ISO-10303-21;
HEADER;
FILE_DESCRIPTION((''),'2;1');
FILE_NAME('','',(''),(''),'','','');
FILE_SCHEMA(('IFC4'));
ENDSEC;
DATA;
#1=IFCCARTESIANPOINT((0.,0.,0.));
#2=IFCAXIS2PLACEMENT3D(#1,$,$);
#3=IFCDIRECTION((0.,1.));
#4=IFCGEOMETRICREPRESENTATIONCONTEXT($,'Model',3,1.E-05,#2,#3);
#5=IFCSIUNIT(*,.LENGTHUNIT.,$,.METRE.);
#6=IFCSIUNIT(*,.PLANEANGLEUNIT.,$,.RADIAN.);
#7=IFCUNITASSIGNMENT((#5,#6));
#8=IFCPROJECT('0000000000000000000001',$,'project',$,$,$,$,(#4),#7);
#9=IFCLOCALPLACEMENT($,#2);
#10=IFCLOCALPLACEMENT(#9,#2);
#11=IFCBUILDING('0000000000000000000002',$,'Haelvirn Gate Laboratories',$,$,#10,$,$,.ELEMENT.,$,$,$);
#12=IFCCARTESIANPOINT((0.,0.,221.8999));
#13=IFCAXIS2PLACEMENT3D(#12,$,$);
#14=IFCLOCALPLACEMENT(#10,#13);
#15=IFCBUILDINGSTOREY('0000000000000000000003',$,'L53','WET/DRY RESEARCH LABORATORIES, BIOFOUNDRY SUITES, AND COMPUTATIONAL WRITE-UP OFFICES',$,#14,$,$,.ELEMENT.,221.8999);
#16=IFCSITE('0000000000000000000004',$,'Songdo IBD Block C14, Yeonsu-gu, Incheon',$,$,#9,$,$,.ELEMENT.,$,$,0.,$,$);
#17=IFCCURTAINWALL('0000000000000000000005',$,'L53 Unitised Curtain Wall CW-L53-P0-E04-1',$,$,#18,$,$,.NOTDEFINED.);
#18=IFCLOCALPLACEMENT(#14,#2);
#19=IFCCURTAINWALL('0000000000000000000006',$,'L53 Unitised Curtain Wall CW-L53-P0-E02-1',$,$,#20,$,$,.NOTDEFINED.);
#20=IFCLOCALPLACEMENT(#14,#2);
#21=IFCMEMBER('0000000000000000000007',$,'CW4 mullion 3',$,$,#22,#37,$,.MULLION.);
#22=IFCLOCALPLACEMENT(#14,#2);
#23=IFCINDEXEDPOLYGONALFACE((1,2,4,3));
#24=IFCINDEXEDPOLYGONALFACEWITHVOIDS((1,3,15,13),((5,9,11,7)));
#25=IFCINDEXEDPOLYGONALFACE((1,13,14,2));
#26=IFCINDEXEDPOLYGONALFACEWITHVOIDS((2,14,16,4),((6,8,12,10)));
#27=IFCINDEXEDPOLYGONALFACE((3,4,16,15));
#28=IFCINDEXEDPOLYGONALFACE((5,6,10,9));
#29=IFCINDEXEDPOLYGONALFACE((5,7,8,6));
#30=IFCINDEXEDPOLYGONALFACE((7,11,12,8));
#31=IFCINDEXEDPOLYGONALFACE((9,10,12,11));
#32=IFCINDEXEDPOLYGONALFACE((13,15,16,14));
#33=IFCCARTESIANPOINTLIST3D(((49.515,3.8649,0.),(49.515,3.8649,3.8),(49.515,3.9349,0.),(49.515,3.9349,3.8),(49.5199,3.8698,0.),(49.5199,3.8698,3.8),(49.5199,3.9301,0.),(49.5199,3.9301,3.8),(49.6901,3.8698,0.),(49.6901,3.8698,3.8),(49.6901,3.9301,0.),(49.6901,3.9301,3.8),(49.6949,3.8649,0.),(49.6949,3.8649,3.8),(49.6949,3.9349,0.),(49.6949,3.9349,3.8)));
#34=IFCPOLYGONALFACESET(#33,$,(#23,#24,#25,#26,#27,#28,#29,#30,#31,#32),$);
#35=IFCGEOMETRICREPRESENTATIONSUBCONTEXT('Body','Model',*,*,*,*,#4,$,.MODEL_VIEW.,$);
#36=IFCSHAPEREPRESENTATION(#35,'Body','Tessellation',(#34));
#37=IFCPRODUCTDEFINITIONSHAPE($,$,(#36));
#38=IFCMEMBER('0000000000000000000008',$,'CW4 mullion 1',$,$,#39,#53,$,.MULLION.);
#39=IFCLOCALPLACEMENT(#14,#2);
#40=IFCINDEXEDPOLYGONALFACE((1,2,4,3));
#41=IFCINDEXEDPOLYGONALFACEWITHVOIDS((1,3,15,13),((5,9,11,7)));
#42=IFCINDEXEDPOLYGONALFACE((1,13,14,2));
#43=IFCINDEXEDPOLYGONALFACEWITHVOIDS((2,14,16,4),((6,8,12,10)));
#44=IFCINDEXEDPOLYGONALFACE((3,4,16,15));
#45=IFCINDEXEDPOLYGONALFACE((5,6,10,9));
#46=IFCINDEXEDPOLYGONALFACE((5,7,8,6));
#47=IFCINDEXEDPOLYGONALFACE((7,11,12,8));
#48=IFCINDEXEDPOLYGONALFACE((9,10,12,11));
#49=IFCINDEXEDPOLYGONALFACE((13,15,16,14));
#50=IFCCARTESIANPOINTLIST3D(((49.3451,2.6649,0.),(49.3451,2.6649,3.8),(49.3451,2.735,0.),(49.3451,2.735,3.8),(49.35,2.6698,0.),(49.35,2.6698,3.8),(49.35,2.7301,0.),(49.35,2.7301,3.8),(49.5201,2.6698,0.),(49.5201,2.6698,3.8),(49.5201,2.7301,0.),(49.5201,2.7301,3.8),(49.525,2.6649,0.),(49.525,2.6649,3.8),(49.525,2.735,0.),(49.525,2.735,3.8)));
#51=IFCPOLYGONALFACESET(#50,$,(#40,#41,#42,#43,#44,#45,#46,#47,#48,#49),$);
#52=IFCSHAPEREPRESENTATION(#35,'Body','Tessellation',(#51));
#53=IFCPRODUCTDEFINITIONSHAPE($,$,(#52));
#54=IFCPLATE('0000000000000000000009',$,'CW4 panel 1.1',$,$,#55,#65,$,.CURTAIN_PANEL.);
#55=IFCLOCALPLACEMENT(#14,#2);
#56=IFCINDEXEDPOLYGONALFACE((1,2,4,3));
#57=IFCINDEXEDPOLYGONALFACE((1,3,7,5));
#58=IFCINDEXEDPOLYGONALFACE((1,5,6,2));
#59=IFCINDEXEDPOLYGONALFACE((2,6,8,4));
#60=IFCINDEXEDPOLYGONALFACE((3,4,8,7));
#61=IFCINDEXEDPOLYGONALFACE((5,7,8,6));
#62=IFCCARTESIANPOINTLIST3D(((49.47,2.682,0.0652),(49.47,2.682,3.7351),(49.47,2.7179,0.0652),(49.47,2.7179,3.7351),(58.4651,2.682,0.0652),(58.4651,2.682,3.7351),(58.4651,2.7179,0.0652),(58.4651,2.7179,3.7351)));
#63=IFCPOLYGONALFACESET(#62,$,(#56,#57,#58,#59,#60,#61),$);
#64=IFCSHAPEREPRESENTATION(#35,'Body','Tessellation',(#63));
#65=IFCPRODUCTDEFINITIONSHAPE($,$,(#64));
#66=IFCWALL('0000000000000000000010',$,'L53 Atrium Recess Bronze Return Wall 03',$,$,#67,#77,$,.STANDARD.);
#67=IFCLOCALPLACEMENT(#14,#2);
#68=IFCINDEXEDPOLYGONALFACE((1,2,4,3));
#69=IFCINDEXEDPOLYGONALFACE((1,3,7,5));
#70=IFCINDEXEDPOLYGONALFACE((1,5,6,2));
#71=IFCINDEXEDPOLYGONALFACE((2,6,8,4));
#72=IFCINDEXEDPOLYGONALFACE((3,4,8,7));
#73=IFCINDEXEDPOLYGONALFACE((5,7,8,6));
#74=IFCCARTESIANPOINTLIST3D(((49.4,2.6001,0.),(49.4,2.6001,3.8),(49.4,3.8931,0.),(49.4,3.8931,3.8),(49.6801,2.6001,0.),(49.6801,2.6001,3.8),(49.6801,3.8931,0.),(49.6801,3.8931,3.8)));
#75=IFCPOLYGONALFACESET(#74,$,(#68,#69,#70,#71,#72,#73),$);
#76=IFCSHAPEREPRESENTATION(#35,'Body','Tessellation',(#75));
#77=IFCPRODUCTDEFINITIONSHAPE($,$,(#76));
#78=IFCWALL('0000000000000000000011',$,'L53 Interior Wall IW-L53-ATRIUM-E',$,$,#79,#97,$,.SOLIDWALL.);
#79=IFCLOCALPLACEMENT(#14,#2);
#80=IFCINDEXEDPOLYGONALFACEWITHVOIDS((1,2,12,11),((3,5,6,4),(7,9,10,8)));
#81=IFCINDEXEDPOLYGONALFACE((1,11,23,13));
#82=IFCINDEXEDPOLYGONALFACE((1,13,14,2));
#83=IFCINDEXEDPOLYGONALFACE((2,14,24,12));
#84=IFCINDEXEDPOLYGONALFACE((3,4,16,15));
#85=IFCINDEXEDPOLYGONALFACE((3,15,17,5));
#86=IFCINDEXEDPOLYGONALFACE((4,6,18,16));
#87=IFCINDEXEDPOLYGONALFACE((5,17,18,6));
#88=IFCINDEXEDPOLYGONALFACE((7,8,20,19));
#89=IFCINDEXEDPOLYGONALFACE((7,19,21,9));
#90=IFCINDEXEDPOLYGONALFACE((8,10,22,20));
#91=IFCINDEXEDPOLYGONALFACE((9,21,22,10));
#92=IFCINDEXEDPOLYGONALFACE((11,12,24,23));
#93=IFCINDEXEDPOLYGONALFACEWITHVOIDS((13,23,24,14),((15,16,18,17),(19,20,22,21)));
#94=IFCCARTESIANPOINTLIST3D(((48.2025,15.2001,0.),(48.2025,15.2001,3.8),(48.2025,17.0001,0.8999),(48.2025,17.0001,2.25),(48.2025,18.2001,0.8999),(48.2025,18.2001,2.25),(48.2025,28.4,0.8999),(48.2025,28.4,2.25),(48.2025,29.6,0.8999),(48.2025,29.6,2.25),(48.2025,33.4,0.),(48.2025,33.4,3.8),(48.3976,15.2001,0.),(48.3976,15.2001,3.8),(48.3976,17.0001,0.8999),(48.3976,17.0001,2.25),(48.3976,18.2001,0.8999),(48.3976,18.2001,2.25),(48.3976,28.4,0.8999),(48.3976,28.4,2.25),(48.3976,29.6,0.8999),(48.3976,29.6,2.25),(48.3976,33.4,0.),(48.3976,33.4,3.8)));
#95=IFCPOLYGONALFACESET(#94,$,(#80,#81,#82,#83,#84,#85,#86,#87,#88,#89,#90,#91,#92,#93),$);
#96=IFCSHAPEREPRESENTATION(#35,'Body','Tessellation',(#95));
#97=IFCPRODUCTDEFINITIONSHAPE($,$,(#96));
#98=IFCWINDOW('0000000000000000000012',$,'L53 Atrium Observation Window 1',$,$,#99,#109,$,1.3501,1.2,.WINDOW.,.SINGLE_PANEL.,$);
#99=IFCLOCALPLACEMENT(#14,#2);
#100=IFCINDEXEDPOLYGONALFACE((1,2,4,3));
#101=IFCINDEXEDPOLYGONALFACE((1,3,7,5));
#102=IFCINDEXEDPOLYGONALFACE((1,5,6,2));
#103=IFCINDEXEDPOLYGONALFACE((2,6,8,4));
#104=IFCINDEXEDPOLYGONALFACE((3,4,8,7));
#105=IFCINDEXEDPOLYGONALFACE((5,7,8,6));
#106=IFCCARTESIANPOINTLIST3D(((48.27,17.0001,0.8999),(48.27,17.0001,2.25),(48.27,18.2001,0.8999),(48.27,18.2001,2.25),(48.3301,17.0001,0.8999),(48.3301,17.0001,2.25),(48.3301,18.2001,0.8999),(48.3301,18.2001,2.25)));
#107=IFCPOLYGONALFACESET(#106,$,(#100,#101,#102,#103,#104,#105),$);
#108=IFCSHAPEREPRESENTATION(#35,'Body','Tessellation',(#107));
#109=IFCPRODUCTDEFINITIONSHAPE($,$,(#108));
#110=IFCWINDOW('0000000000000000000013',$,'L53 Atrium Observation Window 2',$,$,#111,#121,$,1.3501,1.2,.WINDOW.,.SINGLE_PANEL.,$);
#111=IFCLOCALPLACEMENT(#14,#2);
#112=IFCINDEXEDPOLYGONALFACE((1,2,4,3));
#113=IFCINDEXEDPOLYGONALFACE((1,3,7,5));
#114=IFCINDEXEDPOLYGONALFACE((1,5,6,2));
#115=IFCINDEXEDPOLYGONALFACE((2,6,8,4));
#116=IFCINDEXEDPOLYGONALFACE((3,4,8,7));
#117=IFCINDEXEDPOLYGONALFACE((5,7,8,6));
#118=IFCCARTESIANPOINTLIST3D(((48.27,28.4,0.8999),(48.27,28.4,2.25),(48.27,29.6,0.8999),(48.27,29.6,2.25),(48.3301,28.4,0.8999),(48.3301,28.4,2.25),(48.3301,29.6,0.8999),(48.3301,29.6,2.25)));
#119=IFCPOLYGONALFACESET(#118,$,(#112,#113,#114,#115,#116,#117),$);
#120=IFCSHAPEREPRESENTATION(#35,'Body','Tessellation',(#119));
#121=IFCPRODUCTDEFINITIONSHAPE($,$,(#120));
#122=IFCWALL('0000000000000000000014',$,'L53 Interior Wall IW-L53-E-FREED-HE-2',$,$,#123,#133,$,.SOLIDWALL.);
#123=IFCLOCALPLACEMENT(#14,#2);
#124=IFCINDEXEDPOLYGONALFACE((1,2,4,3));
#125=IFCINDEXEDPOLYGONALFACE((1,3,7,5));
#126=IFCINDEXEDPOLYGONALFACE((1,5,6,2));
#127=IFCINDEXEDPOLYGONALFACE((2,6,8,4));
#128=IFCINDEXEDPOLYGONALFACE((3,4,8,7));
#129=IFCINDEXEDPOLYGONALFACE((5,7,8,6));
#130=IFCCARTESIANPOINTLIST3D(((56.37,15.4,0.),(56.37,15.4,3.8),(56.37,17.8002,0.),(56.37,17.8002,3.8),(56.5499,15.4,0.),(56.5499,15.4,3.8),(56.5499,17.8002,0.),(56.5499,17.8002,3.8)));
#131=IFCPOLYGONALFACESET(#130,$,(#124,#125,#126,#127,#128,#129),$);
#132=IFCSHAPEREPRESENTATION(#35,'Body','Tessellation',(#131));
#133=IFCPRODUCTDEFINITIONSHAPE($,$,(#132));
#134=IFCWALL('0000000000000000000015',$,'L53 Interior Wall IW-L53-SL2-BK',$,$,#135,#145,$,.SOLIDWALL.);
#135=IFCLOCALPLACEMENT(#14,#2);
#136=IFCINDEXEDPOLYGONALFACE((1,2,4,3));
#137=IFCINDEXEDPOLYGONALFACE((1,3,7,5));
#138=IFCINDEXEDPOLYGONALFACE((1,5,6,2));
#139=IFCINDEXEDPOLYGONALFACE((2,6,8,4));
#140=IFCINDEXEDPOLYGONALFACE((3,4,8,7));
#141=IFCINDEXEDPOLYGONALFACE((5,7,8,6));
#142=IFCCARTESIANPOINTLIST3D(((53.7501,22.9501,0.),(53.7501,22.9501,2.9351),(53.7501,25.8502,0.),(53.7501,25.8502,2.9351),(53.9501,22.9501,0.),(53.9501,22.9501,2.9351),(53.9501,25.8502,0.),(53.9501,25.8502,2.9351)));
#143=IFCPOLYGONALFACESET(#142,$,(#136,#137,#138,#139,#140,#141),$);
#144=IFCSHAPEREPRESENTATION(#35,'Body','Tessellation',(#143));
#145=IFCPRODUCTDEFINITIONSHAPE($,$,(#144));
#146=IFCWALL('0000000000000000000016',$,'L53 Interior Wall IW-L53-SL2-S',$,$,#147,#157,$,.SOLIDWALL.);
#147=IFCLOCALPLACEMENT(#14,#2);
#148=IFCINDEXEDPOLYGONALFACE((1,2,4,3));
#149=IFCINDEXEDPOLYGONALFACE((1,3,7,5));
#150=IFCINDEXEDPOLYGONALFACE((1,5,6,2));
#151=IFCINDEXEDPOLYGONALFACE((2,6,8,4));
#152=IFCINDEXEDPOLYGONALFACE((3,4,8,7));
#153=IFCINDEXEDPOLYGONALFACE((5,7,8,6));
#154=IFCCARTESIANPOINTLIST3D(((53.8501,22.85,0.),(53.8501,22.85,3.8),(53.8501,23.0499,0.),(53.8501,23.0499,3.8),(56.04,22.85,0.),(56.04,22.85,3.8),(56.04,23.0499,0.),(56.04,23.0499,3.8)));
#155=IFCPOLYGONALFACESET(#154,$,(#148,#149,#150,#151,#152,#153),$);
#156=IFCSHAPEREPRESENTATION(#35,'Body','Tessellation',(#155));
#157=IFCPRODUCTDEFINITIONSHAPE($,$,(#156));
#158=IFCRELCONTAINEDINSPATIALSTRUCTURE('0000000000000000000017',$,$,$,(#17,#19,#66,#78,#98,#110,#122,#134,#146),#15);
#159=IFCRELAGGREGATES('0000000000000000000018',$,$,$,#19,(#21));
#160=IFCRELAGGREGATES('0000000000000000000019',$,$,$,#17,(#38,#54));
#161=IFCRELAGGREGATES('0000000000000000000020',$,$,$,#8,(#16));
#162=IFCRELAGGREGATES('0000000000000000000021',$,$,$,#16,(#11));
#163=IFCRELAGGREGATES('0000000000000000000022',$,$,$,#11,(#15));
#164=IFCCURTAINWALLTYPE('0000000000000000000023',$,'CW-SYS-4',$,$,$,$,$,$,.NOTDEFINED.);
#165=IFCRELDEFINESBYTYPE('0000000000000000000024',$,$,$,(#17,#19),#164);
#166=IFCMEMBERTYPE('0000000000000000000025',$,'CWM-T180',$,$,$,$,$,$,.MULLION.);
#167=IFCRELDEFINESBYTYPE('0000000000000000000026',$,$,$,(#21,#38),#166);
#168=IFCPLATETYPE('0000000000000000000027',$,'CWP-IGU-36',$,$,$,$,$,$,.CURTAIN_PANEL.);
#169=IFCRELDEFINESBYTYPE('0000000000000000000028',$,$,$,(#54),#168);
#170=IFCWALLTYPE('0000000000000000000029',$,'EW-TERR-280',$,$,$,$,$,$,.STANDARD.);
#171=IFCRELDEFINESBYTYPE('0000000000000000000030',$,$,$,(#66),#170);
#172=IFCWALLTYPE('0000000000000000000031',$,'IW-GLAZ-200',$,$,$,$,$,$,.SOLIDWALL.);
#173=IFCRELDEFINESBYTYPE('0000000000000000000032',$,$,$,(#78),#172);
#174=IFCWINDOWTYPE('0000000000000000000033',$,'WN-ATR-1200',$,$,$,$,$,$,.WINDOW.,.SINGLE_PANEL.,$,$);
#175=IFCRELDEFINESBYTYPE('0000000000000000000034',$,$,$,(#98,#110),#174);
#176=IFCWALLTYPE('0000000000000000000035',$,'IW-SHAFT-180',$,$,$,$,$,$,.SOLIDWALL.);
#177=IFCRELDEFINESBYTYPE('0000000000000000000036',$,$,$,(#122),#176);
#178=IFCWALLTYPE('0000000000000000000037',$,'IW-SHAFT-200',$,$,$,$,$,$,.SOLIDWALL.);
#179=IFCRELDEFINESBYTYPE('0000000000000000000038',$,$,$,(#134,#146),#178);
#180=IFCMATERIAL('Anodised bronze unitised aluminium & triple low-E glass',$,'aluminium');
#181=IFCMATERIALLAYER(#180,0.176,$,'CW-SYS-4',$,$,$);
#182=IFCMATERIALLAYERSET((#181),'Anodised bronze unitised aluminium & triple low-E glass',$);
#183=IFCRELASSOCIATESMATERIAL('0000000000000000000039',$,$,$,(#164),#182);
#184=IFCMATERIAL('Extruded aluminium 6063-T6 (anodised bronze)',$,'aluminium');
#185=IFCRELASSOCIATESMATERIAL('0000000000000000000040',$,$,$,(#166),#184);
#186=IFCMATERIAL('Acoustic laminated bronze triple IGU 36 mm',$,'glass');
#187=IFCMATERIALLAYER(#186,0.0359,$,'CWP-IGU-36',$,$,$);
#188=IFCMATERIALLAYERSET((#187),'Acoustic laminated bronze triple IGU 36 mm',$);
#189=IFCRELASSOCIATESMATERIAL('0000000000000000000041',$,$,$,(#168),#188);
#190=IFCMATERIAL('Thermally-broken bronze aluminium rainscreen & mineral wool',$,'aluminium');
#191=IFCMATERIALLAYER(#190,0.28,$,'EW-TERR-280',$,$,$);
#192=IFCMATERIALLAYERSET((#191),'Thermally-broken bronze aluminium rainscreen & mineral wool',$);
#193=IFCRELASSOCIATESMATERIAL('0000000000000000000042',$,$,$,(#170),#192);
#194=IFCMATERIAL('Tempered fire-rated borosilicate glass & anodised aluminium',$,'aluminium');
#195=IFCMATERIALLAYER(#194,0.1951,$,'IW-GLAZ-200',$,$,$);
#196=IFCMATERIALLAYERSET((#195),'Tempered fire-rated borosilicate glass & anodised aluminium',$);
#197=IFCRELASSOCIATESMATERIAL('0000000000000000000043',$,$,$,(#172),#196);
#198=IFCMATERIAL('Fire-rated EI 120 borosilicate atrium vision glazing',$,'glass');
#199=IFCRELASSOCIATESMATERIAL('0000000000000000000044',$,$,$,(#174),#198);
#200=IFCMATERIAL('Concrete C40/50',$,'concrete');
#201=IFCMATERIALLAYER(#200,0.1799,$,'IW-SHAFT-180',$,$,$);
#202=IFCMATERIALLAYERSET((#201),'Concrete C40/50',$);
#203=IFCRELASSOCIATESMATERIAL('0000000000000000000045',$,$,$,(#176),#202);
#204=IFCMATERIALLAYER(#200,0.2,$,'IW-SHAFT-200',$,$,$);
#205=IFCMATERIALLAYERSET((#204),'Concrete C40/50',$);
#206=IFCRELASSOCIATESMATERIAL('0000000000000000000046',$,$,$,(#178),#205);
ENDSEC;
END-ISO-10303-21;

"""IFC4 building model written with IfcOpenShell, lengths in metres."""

from ifc_helpers import new_model, si_unit, direction, frame, frame_2d, origin, origin_2d, place, context, subcontext, project, spatial, rectangle, hollow_rectangle, extrude, source, transform, mapped, material, layer, layer_set, material_profile, profile_set, type_object, type_shapes, element, fill, aggregate, save


model = new_model("IFC4")

# Units and contexts
model_context = context("Model", 3, precision=1e-05, world=origin(), true_north=direction((0.0, 1.0)))
body_context = subcontext(model_context, "Body", "Model", "MODEL_VIEW")
ifc_project = project(units=[si_unit("LENGTHUNIT", "METRE"), si_unit("PLANEANGLEUNIT", "RADIAN")], contexts=[model_context])

# Site, building, storey
site_placement = place(None, origin())
site = spatial("IfcSite", under=ifc_project, at=site_placement, Name="Songdo IBD Block C14, Yeonsu-gu, Incheon", CompositionType="ELEMENT", RefElevation=0.0)
building_placement = place(site_placement, origin())
building = spatial("IfcBuilding", under=site, at=building_placement, Name="Haelvirn Gate Laboratories", CompositionType="ELEMENT")
storey_placement = place(building_placement, frame((0.0, 0.0, 221.8999)))
storey = spatial("IfcBuildingStorey", under=building, at=storey_placement, Name="L53", Description="WET/DRY RESEARCH LABORATORIES, BIOFOUNDRY SUITES, AND COMPUTATIONAL WRITE-UP OFFICES", CompositionType="ELEMENT", Elevation=221.8999)

# Curtain wall
ifc_material_1 = material(Name="Anodised bronze unitised aluminium & triple low-E glass", Category="aluminium")
ifc_layer_1 = layer(ifc_material_1, 0.176, Name="CW-SYS-4")
ifc_layer_set_1 = layer_set([ifc_layer_1], Name="Anodised bronze unitised aluminium & triple low-E glass")
curtain_wall_type = type_object("IfcCurtainWallType", Name="CW-SYS-4", PredefinedType="NOTDEFINED", material=ifc_layer_set_1)
curtain_wall_1_placement = place(storey_placement, origin())
curtain_wall_1 = element("IfcCurtainWall", 1, at=curtain_wall_1_placement, inside=storey, type_object=curtain_wall_type, Name="L53 Unitised Curtain Wall CW-L53-P0-E04-1", PredefinedType="NOTDEFINED")
ifc_material_2 = material(Name="Extruded aluminium 6063-T6 (anodised bronze)", Category="aluminium")

# Curtain wall, member
curtain_wall_2_placement = place(storey_placement, origin())
curtain_wall_2 = element("IfcCurtainWall", 2, at=curtain_wall_2_placement, inside=storey, type_object=curtain_wall_type, Name="L53 Unitised Curtain Wall CW-L53-P0-E02-1", PredefinedType="NOTDEFINED")
ifc_material_profile_1 = material_profile(ifc_material_2, hollow_rectangle(XDim=0.0701, YDim=0.1799, WallThickness=0.0049, at=origin_2d()), Name="CWM-180x70x5")
ifc_profile_set_1 = profile_set([ifc_material_profile_1], Name="Extruded aluminium 6063-T6 (anodised bronze)")
member_type_1 = type_object("IfcMemberType", Name="CWM-T180", PredefinedType="MULLION", material=ifc_profile_set_1)
shared_shape_1 = source(origin(), body_context, "Body", "SweptSolid", [
    extrude(hollow_rectangle(XDim=0.0701, YDim=0.1799, WallThickness=0.0049, at=origin_2d()), origin(), (0.0, 0.0, 1.0), 3.8),
])
type_shapes(member_type_1, [shared_shape_1])
member_1_placement = place(storey_placement, frame((49.605, 3.8999, 0.0), z_axis=(0.0, 0.0, 1.0), x_axis=(0.0, 1.0, 0.0)))
member_1 = element("IfcMember", 3, at=member_1_placement, type_object=member_type_1, Name="CW4 mullion 3", PredefinedType="MULLION", context=body_context, shape_type="MappedRepresentation", body=[
    mapped(shared_shape_1, transform((0.0, 0.0, 0.0), scale=1.0)),
])
aggregate(curtain_wall_2, [member_1])

# Member
member_2_placement = place(storey_placement, frame((49.4351, 2.7, 0.0), z_axis=(0.0, 0.0, 1.0), x_axis=(0.0, 1.0, 0.0)))
member_2 = element("IfcMember", 4, at=member_2_placement, type_object=member_type_1, Name="CW4 mullion 1", PredefinedType="MULLION", context=body_context, shape_type="MappedRepresentation", body=[
    mapped(shared_shape_1, transform((0.0, 0.0, 0.0), scale=1.0)),
])

# Plate
ifc_material_3 = material(Name="Acoustic laminated bronze triple IGU 36 mm", Category="glass")
ifc_layer_2 = layer(ifc_material_3, 0.0359, Name="CWP-IGU-36")
ifc_layer_set_2 = layer_set([ifc_layer_2], Name="Acoustic laminated bronze triple IGU 36 mm")
plate_type = type_object("IfcPlateType", Name="CWP-IGU-36", PredefinedType="CURTAIN_PANEL", material=ifc_layer_set_2)
shared_shape_2 = source(origin(), body_context, "Body", "SweptSolid", [
    extrude(rectangle(XDim=8.9951, YDim=0.0359, at=origin_2d()), origin(), (0.0, 0.0, 1.0), 3.6699),
])
type_shapes(plate_type, [shared_shape_2])
plate_placement = place(storey_placement, frame((53.9675, 2.7, 0.0652), z_axis=(0.0, 0.0, 1.0), x_axis=(1.0, 0.0, 0.0)))
plate = element("IfcPlate", 5, at=plate_placement, type_object=plate_type, Name="CW4 panel 1.1", PredefinedType="CURTAIN_PANEL", context=body_context, shape_type="MappedRepresentation", body=[
    mapped(shared_shape_2, transform((0.0, 0.0, 0.0), scale=1.0)),
])
aggregate(curtain_wall_1, [member_2, plate])

# Wall
ifc_material_4 = material(Name="Thermally-broken bronze aluminium rainscreen & mineral wool", Category="aluminium")
ifc_layer_3 = layer(ifc_material_4, 0.28, Name="EW-TERR-280")
ifc_layer_set_3 = layer_set([ifc_layer_3], Name="Thermally-broken bronze aluminium rainscreen & mineral wool")
wall_type_1 = type_object("IfcWallType", Name="EW-TERR-280", PredefinedType="STANDARD", material=ifc_layer_set_3)
wall_1_placement = place(storey_placement, frame((49.54, 3.8931, 0.0), z_axis=(0.0, 0.0, 1.0), x_axis=(0.0, -1.0, 0.0)))
element("IfcWall", 6, at=wall_1_placement, inside=storey, type_object=wall_type_1, Name="L53 Atrium Recess Bronze Return Wall 03", PredefinedType="STANDARD", context=body_context, shape_type="SweptSolid", body=[
    extrude(rectangle(XDim=1.293, YDim=0.28, at=frame_2d((0.6465, 0.0))), origin(), (0.0, 0.0, 1.0), 3.8),
])

# Wall, openings, windows
ifc_material_5 = material(Name="Tempered fire-rated borosilicate glass & anodised aluminium", Category="aluminium")
ifc_layer_4 = layer(ifc_material_5, 0.1951, Name="IW-GLAZ-200")
ifc_layer_set_4 = layer_set([ifc_layer_4], Name="Tempered fire-rated borosilicate glass & anodised aluminium")
wall_type_2 = type_object("IfcWallType", Name="IW-GLAZ-200", PredefinedType="SOLIDWALL", material=ifc_layer_set_4)
wall_2_placement = place(storey_placement, frame((48.3, 15.2, 0.0), z_axis=(0.0, 0.0, 1.0), x_axis=(0.0, 1.0, 0.0)))
wall_2 = element("IfcWall", 7, at=wall_2_placement, inside=storey, type_object=wall_type_2, Name="L53 Interior Wall IW-L53-ATRIUM-E", PredefinedType="SOLIDWALL", context=body_context, shape_type="SweptSolid", body=[
    extrude(rectangle(XDim=18.2, YDim=0.1951, at=frame_2d((9.1001, 0.0))), origin(), (0.0, 0.0, 1.0), 3.8),
])
opening_1_placement = place(wall_2_placement, frame((1.8, 0.0, 0.8999)))
opening_1 = element("IfcOpeningElement", 8, at=opening_1_placement, cuts=wall_2, PredefinedType="OPENING", context=body_context, shape_type="SweptSolid", body=[
    extrude(rectangle(XDim=1.2, YDim=1.3501, at=frame_2d((0.6001, 0.675))), frame((0.0, 0.1074, 0.0), z_axis=(0.0, -1.0, 0.0), x_axis=(1.0, 0.0, 0.0)), (0.0, 0.0, 1.0), 0.2151),
])
opening_2_placement = place(wall_2_placement, frame((13.2, 0.0, 0.8999)))
opening_2 = element("IfcOpeningElement", 9, at=opening_2_placement, cuts=wall_2, PredefinedType="OPENING", context=body_context, shape_type="SweptSolid", body=[
    extrude(rectangle(XDim=1.2, YDim=1.3501, at=frame_2d((0.6001, 0.675))), frame((0.0, 0.1074, 0.0), z_axis=(0.0, -1.0, 0.0), x_axis=(1.0, 0.0, 0.0)), (0.0, 0.0, 1.0), 0.2151),
])
ifc_material_6 = material(Name="Fire-rated EI 120 borosilicate atrium vision glazing", Category="glass")
window_type = type_object("IfcWindowType", Name="WN-ATR-1200", PartitioningType="SINGLE_PANEL", PredefinedType="WINDOW", material=ifc_material_6)
shared_shape_3 = source(origin(), body_context, "Body", "SweptSolid", [
    extrude(rectangle(XDim=1.2, YDim=1.3501, at=frame_2d((0.6001, 0.675))), frame((0.0, 0.03, 0.0), z_axis=(0.0, -1.0, 0.0), x_axis=(1.0, 0.0, 0.0)), (0.0, 0.0, 1.0), 0.0601),
])
type_shapes(window_type, [shared_shape_3])
window_1_placement = place(opening_1_placement, origin())
window_1 = element("IfcWindow", 10, at=window_1_placement, inside=storey, type_object=window_type, Name="L53 Atrium Observation Window 1", OverallHeight=1.3501, OverallWidth=1.2, PartitioningType="SINGLE_PANEL", PredefinedType="WINDOW", context=body_context, shape_type="MappedRepresentation", body=[
    mapped(shared_shape_3, transform((0.0, 0.0, 0.0), scale=1.0)),
])
fill(opening_1, window_1)
window_2_placement = place(opening_2_placement, origin())
window_2 = element("IfcWindow", 11, at=window_2_placement, inside=storey, type_object=window_type, Name="L53 Atrium Observation Window 2", OverallHeight=1.3501, OverallWidth=1.2, PartitioningType="SINGLE_PANEL", PredefinedType="WINDOW", context=body_context, shape_type="MappedRepresentation", body=[
    mapped(shared_shape_3, transform((0.0, 0.0, 0.0), scale=1.0)),
])
fill(opening_2, window_2)

# Walls
ifc_material_7 = material(Name="Concrete C40/50", Category="concrete")
ifc_layer_5 = layer(ifc_material_7, 0.1799, Name="IW-SHAFT-180")
ifc_layer_set_5 = layer_set([ifc_layer_5], Name="Concrete C40/50")
wall_type_3 = type_object("IfcWallType", Name="IW-SHAFT-180", PredefinedType="SOLIDWALL", material=ifc_layer_set_5)
wall_3_placement = place(storey_placement, frame((56.46, 15.3999, 0.0), z_axis=(0.0, 0.0, 1.0), x_axis=(0.0, 1.0, 0.0)))
element("IfcWall", 12, at=wall_3_placement, inside=storey, type_object=wall_type_3, Name="L53 Interior Wall IW-L53-E-FREED-HE-2", PredefinedType="SOLIDWALL", context=body_context, shape_type="SweptSolid", body=[
    extrude(rectangle(XDim=2.4001, YDim=0.1799, at=frame_2d((1.2002, 0.0))), origin(), (0.0, 0.0, 1.0), 3.8),
])
ifc_layer_6 = layer(ifc_material_7, 0.2, Name="IW-SHAFT-200")
ifc_layer_set_6 = layer_set([ifc_layer_6], Name="Concrete C40/50")
wall_type_4 = type_object("IfcWallType", Name="IW-SHAFT-200", PredefinedType="SOLIDWALL", material=ifc_layer_set_6)
wall_4_placement = place(storey_placement, frame((53.8501, 22.95, 0.0), z_axis=(0.0, 0.0, 1.0), x_axis=(0.0, 1.0, 0.0)))
element("IfcWall", 13, at=wall_4_placement, inside=storey, type_object=wall_type_4, Name="L53 Interior Wall IW-L53-SL2-BK", PredefinedType="SOLIDWALL", context=body_context, shape_type="SweptSolid", body=[
    extrude(rectangle(XDim=2.9001, YDim=0.2, at=frame_2d((1.4502, 0.0))), origin(), (0.0, 0.0, 1.0), 2.9351),
])
wall_5_placement = place(storey_placement, frame((53.8501, 22.95, 0.0), z_axis=(0.0, 0.0, 1.0), x_axis=(1.0, 0.0, 0.0)))
element("IfcWall", 14, at=wall_5_placement, inside=storey, type_object=wall_type_4, Name="L53 Interior Wall IW-L53-SL2-S", PredefinedType="SOLIDWALL", context=body_context, shape_type="SweptSolid", body=[
    extrude(rectangle(XDim=2.1899, YDim=0.2, at=frame_2d((1.095, 0.0))), origin(), (0.0, 0.0, 1.0), 3.8),
])

save(model, "model.ifc")
